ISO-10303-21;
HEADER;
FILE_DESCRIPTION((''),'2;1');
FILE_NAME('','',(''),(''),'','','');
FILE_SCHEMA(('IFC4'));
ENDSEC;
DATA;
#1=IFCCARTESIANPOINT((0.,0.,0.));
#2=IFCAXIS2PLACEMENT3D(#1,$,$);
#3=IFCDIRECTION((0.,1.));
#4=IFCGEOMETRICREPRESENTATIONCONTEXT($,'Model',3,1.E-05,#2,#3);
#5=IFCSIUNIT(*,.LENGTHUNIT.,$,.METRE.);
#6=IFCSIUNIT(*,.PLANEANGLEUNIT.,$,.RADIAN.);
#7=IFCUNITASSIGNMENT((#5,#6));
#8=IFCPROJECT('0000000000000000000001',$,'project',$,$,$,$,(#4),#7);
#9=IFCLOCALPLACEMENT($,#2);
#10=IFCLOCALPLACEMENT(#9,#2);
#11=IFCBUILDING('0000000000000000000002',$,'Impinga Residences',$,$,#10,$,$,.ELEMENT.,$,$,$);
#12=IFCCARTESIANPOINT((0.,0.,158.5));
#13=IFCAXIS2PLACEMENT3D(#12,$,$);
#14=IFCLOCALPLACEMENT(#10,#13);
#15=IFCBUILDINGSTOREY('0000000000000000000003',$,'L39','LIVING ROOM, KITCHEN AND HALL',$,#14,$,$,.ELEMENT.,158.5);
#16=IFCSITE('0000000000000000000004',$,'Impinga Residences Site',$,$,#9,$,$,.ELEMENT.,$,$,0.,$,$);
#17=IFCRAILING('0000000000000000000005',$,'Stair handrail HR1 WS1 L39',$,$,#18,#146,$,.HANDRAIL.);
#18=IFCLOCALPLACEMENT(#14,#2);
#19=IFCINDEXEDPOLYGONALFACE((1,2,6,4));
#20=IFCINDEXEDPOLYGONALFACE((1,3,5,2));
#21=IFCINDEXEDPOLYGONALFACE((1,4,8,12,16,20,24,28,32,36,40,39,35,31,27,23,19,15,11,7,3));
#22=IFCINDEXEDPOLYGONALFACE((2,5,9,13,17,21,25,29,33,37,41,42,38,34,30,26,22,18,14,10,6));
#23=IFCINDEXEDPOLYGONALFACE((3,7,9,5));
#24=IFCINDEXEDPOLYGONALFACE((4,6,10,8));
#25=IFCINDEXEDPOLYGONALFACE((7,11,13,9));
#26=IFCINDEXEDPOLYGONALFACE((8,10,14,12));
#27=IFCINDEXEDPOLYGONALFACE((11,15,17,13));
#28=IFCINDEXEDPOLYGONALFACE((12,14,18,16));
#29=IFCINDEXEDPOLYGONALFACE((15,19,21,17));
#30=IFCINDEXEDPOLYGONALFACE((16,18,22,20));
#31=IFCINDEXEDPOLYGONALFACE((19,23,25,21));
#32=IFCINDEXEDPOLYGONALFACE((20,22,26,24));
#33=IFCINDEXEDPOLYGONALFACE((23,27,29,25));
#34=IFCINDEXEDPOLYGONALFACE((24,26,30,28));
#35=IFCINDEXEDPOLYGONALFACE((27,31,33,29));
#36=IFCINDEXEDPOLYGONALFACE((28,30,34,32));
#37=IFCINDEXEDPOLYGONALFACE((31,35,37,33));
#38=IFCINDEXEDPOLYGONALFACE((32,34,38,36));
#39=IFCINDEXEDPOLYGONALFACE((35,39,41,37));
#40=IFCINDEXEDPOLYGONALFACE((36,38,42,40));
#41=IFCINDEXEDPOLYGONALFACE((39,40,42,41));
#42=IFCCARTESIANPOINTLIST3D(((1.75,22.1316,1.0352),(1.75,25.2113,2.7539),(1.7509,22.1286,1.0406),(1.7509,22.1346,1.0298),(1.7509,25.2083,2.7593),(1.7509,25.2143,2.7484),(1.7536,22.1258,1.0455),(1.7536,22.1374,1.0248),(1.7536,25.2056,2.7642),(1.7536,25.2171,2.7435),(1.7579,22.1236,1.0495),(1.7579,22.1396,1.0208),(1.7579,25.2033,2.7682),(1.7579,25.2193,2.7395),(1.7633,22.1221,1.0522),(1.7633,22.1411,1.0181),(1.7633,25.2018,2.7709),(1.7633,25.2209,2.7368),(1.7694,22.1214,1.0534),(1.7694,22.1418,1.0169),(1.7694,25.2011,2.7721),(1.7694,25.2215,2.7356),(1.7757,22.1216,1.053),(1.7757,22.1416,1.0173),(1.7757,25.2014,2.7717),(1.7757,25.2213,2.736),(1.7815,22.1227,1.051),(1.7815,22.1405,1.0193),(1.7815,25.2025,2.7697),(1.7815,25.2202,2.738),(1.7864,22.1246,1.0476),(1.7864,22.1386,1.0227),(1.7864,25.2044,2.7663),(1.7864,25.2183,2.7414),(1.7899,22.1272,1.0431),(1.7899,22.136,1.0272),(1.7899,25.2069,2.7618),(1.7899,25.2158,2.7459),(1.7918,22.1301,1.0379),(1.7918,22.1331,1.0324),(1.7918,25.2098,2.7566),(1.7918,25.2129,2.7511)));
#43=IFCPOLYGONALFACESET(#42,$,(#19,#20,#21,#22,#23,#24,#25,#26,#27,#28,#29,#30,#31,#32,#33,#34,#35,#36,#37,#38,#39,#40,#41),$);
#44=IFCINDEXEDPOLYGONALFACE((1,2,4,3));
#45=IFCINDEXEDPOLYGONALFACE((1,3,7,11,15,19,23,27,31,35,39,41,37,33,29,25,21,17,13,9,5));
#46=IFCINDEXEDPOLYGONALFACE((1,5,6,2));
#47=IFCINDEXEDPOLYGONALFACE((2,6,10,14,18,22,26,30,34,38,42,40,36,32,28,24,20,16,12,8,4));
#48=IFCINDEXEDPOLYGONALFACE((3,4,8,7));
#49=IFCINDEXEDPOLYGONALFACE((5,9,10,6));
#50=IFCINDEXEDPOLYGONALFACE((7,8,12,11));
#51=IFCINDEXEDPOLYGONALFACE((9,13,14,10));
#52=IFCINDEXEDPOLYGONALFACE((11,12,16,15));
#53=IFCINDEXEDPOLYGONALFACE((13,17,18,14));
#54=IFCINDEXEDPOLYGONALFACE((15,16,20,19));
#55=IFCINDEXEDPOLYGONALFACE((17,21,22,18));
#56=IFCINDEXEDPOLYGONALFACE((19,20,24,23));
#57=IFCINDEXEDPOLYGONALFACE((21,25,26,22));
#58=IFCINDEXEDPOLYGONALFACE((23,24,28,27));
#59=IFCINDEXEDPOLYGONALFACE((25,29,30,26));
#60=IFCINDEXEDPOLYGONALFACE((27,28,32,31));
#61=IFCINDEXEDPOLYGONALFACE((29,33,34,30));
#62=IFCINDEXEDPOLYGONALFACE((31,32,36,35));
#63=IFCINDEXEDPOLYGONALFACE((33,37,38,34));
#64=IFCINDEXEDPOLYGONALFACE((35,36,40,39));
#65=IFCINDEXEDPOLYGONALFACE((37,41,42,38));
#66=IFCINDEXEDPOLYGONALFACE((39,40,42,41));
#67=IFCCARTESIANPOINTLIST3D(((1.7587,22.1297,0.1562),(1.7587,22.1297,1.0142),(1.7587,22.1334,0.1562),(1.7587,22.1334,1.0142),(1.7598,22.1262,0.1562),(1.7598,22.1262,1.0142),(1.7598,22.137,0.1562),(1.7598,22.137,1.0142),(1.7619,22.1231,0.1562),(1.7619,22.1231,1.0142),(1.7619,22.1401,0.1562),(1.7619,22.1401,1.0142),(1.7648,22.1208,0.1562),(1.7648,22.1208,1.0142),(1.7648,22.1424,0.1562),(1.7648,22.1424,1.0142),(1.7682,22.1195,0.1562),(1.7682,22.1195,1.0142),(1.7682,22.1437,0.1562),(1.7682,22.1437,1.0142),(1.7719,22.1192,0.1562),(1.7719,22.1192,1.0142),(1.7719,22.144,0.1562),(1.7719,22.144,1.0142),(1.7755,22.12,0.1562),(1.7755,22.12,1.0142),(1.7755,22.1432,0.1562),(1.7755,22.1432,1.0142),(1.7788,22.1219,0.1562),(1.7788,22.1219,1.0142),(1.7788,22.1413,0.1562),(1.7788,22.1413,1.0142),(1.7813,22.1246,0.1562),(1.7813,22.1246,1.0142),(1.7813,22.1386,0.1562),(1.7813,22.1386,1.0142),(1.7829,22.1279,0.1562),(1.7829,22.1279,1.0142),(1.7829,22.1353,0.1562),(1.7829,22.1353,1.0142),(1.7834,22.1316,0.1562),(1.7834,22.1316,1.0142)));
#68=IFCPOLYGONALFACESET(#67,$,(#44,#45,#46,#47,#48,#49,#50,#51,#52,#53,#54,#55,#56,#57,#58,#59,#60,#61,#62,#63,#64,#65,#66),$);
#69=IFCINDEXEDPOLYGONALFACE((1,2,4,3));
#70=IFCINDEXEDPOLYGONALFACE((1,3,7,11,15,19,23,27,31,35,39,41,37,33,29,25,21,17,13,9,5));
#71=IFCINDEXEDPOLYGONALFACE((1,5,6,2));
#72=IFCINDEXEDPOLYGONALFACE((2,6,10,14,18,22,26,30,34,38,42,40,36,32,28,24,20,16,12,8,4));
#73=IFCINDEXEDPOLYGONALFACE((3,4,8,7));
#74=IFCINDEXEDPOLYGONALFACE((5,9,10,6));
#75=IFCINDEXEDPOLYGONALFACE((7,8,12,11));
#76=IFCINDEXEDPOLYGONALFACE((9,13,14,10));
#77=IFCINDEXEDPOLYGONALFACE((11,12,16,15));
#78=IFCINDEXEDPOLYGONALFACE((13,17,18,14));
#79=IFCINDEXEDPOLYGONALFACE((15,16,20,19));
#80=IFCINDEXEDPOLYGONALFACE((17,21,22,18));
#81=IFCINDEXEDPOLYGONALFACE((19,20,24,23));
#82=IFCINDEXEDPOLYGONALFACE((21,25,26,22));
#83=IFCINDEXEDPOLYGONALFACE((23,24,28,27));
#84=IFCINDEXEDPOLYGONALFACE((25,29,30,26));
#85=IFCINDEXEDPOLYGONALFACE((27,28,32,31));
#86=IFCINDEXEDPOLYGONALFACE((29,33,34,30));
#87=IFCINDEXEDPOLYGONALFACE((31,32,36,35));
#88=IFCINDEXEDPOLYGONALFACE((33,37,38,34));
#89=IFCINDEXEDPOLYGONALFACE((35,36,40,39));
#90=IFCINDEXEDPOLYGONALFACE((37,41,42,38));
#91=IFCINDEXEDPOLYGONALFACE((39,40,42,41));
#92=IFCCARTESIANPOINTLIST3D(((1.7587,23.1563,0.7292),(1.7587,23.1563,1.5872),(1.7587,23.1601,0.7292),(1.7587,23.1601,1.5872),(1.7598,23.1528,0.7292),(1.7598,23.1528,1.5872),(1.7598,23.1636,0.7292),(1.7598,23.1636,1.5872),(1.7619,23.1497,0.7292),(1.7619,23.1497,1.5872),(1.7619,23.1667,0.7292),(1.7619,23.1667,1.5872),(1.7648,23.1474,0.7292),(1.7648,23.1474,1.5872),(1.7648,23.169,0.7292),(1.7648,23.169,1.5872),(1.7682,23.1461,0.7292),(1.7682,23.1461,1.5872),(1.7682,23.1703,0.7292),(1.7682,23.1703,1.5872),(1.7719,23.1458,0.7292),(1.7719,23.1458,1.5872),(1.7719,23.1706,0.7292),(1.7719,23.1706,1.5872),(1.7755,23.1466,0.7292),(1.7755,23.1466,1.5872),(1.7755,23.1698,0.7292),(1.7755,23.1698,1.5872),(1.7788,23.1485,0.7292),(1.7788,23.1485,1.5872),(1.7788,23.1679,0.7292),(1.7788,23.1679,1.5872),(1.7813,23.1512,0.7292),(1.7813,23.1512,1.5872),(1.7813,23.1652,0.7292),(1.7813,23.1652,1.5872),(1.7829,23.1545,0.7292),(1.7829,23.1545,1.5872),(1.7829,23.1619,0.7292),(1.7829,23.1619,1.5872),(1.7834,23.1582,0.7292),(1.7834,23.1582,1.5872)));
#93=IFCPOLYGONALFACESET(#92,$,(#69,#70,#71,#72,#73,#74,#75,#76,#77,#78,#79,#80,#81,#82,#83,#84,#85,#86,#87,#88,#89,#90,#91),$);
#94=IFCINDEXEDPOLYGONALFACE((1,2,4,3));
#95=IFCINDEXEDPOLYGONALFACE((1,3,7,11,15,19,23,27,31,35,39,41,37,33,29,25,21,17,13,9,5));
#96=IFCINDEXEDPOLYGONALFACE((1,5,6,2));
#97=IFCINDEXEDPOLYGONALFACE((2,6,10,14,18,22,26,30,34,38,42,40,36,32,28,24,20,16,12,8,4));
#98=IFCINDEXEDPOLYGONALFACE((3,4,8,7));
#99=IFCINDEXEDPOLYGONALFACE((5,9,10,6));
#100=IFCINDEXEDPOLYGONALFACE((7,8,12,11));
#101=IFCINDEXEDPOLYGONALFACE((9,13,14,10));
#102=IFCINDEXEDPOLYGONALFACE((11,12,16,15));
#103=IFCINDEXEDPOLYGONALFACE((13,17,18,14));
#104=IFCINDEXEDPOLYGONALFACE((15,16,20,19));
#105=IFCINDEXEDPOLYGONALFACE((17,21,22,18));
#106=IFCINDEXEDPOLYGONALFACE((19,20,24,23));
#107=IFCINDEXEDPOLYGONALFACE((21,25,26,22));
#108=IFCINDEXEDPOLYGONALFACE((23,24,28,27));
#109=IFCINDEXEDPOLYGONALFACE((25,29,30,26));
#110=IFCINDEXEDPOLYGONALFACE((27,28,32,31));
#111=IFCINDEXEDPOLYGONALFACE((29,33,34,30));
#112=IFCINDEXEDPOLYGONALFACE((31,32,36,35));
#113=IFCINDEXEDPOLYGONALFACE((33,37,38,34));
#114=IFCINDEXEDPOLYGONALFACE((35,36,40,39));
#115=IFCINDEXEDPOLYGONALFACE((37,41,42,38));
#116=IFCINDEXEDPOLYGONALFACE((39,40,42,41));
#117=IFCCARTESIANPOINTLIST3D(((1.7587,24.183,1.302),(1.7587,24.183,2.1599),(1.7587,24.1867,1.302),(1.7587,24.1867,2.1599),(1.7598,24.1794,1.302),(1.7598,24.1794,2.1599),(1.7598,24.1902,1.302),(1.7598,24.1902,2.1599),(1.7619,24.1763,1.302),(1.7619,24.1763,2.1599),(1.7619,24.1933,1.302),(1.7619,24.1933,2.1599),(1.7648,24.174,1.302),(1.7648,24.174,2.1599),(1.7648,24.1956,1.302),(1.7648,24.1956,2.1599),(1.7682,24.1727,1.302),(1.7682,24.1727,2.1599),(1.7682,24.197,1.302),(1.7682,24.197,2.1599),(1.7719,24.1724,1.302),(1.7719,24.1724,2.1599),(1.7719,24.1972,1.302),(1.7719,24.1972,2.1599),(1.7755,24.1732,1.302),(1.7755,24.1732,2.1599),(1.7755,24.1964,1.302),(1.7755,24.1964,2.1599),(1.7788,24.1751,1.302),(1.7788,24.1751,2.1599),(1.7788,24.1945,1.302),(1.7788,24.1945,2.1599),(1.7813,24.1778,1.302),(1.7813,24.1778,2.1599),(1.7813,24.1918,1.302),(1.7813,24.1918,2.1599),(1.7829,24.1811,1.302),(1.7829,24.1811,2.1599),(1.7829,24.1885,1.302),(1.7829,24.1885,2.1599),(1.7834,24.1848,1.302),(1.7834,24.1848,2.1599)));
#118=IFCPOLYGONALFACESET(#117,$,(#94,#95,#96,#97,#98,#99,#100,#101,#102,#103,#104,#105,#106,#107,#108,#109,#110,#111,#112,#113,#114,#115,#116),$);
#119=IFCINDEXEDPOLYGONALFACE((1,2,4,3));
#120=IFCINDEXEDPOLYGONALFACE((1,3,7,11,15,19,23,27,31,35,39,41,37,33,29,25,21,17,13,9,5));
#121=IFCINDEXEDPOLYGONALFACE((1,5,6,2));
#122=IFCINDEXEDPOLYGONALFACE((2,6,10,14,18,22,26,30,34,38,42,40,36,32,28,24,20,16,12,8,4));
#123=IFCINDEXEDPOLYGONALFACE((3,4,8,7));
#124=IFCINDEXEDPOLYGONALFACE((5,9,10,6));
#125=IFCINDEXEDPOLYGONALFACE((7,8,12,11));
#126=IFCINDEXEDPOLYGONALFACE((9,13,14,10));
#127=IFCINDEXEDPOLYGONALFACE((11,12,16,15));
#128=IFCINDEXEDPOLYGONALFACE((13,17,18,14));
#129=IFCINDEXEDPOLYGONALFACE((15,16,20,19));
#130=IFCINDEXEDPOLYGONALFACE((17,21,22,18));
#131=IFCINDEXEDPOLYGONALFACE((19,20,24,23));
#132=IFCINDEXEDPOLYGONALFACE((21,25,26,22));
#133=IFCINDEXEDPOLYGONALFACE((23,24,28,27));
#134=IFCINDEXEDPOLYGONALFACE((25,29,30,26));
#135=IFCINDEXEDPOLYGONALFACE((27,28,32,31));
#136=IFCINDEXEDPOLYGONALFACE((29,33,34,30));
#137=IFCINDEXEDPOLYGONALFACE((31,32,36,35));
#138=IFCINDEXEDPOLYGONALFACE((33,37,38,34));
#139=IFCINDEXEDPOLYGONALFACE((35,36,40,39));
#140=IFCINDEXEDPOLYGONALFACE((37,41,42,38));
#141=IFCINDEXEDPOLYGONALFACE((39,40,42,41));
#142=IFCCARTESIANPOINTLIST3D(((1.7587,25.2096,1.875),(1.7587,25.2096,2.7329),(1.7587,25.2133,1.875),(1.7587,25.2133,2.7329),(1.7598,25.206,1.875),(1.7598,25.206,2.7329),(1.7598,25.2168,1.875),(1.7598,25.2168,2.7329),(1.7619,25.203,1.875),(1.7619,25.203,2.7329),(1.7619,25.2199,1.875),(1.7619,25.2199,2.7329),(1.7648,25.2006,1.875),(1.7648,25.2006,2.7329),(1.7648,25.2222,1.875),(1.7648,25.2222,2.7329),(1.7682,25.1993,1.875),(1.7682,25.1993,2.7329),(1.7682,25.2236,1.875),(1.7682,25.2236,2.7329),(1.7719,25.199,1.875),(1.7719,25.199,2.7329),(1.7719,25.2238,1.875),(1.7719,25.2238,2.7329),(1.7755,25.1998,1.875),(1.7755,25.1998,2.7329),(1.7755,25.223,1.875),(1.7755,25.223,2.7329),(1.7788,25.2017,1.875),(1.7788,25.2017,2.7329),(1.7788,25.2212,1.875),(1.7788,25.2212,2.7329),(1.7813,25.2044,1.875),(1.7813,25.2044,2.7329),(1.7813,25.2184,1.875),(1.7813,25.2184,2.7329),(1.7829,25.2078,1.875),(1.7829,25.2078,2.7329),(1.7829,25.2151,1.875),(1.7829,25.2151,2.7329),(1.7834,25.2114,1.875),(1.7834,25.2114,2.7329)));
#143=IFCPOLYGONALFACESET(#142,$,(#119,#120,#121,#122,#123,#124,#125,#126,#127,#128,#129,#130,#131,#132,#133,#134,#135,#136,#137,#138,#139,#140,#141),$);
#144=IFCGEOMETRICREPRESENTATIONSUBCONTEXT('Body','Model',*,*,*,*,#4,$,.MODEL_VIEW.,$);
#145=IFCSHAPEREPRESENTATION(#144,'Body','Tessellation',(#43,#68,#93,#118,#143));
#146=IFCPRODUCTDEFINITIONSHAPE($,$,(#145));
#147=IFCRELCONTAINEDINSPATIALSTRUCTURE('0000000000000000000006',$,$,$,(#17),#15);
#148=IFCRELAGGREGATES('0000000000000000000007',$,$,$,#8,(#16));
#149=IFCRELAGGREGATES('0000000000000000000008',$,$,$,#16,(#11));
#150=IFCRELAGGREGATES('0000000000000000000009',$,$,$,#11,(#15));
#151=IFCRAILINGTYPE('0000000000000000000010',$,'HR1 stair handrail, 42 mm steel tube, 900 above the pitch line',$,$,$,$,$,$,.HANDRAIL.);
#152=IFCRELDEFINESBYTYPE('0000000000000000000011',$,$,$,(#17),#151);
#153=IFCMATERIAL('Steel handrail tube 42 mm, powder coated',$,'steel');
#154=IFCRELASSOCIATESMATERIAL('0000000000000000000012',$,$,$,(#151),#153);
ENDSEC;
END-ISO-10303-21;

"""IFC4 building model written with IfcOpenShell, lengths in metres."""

from ifc_helpers import new_model, si_unit, direction, frame, origin, origin_2d, place, context, subcontext, project, spatial, circle, extrude, material, type_object, element, save


model = new_model("IFC4")

# Units and contexts
model_context = context("Model", 3, precision=1e-05, world=origin(), true_north=direction((0.0, 1.0)))
body_context = subcontext(model_context, "Body", "Model", "MODEL_VIEW")
ifc_project = project(units=[si_unit("LENGTHUNIT", "METRE"), si_unit("PLANEANGLEUNIT", "RADIAN")], contexts=[model_context])

# Site, building, storey
site_placement = place(None, origin())
site = spatial("IfcSite", under=ifc_project, at=site_placement, Name="Impinga Residences Site", CompositionType="ELEMENT", RefElevation=0.0)
building_placement = place(site_placement, origin())
building = spatial("IfcBuilding", under=site, at=building_placement, Name="Impinga Residences", CompositionType="ELEMENT")
storey_placement = place(building_placement, frame((0.0, 0.0, 158.5)))
storey = spatial("IfcBuildingStorey", under=building, at=storey_placement, Name="L39", Description="LIVING ROOM, KITCHEN AND HALL", CompositionType="ELEMENT", Elevation=158.5)

# Railing
ifc_material_1 = material(Name="Steel handrail tube 42 mm, powder coated", Category="steel")
railing_type_1 = type_object("IfcRailingType", Name="HR1 stair handrail, 42 mm steel tube, 900 above the pitch line", PredefinedType="HANDRAIL", material=ifc_material_1)
railing_1_placement = place(storey_placement, frame((1.771, 22.1316, 0.1562)))
element("IfcRailing", 1, at=railing_1_placement, inside=storey, type_object=railing_type_1, Name="Stair handrail HR1 WS1 L39", PredefinedType="HANDRAIL", context=body_context, shape_type="SweptSolid", body=[
    extrude(circle(Radius=0.021, at=origin_2d()), frame((0.0, 0.0, 0.8789), z_axis=(0.0, 0.873225, 0.487317), x_axis=(-1.0, 0.0, 0.0)), (0.0, 0.0, 1.0), 3.5269),
    extrude(circle(Radius=0.0125, at=origin_2d()), origin(), (0.0, 0.0, 1.0), 0.8579),
    extrude(circle(Radius=0.0125, at=origin_2d()), frame((0.0, 1.0266, 0.573)), (0.0, 0.0, 1.0), 0.8579),
    extrude(circle(Radius=0.0125, at=origin_2d()), frame((0.0, 2.0532, 1.1458)), (0.0, 0.0, 1.0), 0.8579),
    extrude(circle(Radius=0.0125, at=origin_2d()), frame((0.0, 3.0798, 1.7188)), (0.0, 0.0, 1.0), 0.8579),
])

save(model, "model.ifc")
